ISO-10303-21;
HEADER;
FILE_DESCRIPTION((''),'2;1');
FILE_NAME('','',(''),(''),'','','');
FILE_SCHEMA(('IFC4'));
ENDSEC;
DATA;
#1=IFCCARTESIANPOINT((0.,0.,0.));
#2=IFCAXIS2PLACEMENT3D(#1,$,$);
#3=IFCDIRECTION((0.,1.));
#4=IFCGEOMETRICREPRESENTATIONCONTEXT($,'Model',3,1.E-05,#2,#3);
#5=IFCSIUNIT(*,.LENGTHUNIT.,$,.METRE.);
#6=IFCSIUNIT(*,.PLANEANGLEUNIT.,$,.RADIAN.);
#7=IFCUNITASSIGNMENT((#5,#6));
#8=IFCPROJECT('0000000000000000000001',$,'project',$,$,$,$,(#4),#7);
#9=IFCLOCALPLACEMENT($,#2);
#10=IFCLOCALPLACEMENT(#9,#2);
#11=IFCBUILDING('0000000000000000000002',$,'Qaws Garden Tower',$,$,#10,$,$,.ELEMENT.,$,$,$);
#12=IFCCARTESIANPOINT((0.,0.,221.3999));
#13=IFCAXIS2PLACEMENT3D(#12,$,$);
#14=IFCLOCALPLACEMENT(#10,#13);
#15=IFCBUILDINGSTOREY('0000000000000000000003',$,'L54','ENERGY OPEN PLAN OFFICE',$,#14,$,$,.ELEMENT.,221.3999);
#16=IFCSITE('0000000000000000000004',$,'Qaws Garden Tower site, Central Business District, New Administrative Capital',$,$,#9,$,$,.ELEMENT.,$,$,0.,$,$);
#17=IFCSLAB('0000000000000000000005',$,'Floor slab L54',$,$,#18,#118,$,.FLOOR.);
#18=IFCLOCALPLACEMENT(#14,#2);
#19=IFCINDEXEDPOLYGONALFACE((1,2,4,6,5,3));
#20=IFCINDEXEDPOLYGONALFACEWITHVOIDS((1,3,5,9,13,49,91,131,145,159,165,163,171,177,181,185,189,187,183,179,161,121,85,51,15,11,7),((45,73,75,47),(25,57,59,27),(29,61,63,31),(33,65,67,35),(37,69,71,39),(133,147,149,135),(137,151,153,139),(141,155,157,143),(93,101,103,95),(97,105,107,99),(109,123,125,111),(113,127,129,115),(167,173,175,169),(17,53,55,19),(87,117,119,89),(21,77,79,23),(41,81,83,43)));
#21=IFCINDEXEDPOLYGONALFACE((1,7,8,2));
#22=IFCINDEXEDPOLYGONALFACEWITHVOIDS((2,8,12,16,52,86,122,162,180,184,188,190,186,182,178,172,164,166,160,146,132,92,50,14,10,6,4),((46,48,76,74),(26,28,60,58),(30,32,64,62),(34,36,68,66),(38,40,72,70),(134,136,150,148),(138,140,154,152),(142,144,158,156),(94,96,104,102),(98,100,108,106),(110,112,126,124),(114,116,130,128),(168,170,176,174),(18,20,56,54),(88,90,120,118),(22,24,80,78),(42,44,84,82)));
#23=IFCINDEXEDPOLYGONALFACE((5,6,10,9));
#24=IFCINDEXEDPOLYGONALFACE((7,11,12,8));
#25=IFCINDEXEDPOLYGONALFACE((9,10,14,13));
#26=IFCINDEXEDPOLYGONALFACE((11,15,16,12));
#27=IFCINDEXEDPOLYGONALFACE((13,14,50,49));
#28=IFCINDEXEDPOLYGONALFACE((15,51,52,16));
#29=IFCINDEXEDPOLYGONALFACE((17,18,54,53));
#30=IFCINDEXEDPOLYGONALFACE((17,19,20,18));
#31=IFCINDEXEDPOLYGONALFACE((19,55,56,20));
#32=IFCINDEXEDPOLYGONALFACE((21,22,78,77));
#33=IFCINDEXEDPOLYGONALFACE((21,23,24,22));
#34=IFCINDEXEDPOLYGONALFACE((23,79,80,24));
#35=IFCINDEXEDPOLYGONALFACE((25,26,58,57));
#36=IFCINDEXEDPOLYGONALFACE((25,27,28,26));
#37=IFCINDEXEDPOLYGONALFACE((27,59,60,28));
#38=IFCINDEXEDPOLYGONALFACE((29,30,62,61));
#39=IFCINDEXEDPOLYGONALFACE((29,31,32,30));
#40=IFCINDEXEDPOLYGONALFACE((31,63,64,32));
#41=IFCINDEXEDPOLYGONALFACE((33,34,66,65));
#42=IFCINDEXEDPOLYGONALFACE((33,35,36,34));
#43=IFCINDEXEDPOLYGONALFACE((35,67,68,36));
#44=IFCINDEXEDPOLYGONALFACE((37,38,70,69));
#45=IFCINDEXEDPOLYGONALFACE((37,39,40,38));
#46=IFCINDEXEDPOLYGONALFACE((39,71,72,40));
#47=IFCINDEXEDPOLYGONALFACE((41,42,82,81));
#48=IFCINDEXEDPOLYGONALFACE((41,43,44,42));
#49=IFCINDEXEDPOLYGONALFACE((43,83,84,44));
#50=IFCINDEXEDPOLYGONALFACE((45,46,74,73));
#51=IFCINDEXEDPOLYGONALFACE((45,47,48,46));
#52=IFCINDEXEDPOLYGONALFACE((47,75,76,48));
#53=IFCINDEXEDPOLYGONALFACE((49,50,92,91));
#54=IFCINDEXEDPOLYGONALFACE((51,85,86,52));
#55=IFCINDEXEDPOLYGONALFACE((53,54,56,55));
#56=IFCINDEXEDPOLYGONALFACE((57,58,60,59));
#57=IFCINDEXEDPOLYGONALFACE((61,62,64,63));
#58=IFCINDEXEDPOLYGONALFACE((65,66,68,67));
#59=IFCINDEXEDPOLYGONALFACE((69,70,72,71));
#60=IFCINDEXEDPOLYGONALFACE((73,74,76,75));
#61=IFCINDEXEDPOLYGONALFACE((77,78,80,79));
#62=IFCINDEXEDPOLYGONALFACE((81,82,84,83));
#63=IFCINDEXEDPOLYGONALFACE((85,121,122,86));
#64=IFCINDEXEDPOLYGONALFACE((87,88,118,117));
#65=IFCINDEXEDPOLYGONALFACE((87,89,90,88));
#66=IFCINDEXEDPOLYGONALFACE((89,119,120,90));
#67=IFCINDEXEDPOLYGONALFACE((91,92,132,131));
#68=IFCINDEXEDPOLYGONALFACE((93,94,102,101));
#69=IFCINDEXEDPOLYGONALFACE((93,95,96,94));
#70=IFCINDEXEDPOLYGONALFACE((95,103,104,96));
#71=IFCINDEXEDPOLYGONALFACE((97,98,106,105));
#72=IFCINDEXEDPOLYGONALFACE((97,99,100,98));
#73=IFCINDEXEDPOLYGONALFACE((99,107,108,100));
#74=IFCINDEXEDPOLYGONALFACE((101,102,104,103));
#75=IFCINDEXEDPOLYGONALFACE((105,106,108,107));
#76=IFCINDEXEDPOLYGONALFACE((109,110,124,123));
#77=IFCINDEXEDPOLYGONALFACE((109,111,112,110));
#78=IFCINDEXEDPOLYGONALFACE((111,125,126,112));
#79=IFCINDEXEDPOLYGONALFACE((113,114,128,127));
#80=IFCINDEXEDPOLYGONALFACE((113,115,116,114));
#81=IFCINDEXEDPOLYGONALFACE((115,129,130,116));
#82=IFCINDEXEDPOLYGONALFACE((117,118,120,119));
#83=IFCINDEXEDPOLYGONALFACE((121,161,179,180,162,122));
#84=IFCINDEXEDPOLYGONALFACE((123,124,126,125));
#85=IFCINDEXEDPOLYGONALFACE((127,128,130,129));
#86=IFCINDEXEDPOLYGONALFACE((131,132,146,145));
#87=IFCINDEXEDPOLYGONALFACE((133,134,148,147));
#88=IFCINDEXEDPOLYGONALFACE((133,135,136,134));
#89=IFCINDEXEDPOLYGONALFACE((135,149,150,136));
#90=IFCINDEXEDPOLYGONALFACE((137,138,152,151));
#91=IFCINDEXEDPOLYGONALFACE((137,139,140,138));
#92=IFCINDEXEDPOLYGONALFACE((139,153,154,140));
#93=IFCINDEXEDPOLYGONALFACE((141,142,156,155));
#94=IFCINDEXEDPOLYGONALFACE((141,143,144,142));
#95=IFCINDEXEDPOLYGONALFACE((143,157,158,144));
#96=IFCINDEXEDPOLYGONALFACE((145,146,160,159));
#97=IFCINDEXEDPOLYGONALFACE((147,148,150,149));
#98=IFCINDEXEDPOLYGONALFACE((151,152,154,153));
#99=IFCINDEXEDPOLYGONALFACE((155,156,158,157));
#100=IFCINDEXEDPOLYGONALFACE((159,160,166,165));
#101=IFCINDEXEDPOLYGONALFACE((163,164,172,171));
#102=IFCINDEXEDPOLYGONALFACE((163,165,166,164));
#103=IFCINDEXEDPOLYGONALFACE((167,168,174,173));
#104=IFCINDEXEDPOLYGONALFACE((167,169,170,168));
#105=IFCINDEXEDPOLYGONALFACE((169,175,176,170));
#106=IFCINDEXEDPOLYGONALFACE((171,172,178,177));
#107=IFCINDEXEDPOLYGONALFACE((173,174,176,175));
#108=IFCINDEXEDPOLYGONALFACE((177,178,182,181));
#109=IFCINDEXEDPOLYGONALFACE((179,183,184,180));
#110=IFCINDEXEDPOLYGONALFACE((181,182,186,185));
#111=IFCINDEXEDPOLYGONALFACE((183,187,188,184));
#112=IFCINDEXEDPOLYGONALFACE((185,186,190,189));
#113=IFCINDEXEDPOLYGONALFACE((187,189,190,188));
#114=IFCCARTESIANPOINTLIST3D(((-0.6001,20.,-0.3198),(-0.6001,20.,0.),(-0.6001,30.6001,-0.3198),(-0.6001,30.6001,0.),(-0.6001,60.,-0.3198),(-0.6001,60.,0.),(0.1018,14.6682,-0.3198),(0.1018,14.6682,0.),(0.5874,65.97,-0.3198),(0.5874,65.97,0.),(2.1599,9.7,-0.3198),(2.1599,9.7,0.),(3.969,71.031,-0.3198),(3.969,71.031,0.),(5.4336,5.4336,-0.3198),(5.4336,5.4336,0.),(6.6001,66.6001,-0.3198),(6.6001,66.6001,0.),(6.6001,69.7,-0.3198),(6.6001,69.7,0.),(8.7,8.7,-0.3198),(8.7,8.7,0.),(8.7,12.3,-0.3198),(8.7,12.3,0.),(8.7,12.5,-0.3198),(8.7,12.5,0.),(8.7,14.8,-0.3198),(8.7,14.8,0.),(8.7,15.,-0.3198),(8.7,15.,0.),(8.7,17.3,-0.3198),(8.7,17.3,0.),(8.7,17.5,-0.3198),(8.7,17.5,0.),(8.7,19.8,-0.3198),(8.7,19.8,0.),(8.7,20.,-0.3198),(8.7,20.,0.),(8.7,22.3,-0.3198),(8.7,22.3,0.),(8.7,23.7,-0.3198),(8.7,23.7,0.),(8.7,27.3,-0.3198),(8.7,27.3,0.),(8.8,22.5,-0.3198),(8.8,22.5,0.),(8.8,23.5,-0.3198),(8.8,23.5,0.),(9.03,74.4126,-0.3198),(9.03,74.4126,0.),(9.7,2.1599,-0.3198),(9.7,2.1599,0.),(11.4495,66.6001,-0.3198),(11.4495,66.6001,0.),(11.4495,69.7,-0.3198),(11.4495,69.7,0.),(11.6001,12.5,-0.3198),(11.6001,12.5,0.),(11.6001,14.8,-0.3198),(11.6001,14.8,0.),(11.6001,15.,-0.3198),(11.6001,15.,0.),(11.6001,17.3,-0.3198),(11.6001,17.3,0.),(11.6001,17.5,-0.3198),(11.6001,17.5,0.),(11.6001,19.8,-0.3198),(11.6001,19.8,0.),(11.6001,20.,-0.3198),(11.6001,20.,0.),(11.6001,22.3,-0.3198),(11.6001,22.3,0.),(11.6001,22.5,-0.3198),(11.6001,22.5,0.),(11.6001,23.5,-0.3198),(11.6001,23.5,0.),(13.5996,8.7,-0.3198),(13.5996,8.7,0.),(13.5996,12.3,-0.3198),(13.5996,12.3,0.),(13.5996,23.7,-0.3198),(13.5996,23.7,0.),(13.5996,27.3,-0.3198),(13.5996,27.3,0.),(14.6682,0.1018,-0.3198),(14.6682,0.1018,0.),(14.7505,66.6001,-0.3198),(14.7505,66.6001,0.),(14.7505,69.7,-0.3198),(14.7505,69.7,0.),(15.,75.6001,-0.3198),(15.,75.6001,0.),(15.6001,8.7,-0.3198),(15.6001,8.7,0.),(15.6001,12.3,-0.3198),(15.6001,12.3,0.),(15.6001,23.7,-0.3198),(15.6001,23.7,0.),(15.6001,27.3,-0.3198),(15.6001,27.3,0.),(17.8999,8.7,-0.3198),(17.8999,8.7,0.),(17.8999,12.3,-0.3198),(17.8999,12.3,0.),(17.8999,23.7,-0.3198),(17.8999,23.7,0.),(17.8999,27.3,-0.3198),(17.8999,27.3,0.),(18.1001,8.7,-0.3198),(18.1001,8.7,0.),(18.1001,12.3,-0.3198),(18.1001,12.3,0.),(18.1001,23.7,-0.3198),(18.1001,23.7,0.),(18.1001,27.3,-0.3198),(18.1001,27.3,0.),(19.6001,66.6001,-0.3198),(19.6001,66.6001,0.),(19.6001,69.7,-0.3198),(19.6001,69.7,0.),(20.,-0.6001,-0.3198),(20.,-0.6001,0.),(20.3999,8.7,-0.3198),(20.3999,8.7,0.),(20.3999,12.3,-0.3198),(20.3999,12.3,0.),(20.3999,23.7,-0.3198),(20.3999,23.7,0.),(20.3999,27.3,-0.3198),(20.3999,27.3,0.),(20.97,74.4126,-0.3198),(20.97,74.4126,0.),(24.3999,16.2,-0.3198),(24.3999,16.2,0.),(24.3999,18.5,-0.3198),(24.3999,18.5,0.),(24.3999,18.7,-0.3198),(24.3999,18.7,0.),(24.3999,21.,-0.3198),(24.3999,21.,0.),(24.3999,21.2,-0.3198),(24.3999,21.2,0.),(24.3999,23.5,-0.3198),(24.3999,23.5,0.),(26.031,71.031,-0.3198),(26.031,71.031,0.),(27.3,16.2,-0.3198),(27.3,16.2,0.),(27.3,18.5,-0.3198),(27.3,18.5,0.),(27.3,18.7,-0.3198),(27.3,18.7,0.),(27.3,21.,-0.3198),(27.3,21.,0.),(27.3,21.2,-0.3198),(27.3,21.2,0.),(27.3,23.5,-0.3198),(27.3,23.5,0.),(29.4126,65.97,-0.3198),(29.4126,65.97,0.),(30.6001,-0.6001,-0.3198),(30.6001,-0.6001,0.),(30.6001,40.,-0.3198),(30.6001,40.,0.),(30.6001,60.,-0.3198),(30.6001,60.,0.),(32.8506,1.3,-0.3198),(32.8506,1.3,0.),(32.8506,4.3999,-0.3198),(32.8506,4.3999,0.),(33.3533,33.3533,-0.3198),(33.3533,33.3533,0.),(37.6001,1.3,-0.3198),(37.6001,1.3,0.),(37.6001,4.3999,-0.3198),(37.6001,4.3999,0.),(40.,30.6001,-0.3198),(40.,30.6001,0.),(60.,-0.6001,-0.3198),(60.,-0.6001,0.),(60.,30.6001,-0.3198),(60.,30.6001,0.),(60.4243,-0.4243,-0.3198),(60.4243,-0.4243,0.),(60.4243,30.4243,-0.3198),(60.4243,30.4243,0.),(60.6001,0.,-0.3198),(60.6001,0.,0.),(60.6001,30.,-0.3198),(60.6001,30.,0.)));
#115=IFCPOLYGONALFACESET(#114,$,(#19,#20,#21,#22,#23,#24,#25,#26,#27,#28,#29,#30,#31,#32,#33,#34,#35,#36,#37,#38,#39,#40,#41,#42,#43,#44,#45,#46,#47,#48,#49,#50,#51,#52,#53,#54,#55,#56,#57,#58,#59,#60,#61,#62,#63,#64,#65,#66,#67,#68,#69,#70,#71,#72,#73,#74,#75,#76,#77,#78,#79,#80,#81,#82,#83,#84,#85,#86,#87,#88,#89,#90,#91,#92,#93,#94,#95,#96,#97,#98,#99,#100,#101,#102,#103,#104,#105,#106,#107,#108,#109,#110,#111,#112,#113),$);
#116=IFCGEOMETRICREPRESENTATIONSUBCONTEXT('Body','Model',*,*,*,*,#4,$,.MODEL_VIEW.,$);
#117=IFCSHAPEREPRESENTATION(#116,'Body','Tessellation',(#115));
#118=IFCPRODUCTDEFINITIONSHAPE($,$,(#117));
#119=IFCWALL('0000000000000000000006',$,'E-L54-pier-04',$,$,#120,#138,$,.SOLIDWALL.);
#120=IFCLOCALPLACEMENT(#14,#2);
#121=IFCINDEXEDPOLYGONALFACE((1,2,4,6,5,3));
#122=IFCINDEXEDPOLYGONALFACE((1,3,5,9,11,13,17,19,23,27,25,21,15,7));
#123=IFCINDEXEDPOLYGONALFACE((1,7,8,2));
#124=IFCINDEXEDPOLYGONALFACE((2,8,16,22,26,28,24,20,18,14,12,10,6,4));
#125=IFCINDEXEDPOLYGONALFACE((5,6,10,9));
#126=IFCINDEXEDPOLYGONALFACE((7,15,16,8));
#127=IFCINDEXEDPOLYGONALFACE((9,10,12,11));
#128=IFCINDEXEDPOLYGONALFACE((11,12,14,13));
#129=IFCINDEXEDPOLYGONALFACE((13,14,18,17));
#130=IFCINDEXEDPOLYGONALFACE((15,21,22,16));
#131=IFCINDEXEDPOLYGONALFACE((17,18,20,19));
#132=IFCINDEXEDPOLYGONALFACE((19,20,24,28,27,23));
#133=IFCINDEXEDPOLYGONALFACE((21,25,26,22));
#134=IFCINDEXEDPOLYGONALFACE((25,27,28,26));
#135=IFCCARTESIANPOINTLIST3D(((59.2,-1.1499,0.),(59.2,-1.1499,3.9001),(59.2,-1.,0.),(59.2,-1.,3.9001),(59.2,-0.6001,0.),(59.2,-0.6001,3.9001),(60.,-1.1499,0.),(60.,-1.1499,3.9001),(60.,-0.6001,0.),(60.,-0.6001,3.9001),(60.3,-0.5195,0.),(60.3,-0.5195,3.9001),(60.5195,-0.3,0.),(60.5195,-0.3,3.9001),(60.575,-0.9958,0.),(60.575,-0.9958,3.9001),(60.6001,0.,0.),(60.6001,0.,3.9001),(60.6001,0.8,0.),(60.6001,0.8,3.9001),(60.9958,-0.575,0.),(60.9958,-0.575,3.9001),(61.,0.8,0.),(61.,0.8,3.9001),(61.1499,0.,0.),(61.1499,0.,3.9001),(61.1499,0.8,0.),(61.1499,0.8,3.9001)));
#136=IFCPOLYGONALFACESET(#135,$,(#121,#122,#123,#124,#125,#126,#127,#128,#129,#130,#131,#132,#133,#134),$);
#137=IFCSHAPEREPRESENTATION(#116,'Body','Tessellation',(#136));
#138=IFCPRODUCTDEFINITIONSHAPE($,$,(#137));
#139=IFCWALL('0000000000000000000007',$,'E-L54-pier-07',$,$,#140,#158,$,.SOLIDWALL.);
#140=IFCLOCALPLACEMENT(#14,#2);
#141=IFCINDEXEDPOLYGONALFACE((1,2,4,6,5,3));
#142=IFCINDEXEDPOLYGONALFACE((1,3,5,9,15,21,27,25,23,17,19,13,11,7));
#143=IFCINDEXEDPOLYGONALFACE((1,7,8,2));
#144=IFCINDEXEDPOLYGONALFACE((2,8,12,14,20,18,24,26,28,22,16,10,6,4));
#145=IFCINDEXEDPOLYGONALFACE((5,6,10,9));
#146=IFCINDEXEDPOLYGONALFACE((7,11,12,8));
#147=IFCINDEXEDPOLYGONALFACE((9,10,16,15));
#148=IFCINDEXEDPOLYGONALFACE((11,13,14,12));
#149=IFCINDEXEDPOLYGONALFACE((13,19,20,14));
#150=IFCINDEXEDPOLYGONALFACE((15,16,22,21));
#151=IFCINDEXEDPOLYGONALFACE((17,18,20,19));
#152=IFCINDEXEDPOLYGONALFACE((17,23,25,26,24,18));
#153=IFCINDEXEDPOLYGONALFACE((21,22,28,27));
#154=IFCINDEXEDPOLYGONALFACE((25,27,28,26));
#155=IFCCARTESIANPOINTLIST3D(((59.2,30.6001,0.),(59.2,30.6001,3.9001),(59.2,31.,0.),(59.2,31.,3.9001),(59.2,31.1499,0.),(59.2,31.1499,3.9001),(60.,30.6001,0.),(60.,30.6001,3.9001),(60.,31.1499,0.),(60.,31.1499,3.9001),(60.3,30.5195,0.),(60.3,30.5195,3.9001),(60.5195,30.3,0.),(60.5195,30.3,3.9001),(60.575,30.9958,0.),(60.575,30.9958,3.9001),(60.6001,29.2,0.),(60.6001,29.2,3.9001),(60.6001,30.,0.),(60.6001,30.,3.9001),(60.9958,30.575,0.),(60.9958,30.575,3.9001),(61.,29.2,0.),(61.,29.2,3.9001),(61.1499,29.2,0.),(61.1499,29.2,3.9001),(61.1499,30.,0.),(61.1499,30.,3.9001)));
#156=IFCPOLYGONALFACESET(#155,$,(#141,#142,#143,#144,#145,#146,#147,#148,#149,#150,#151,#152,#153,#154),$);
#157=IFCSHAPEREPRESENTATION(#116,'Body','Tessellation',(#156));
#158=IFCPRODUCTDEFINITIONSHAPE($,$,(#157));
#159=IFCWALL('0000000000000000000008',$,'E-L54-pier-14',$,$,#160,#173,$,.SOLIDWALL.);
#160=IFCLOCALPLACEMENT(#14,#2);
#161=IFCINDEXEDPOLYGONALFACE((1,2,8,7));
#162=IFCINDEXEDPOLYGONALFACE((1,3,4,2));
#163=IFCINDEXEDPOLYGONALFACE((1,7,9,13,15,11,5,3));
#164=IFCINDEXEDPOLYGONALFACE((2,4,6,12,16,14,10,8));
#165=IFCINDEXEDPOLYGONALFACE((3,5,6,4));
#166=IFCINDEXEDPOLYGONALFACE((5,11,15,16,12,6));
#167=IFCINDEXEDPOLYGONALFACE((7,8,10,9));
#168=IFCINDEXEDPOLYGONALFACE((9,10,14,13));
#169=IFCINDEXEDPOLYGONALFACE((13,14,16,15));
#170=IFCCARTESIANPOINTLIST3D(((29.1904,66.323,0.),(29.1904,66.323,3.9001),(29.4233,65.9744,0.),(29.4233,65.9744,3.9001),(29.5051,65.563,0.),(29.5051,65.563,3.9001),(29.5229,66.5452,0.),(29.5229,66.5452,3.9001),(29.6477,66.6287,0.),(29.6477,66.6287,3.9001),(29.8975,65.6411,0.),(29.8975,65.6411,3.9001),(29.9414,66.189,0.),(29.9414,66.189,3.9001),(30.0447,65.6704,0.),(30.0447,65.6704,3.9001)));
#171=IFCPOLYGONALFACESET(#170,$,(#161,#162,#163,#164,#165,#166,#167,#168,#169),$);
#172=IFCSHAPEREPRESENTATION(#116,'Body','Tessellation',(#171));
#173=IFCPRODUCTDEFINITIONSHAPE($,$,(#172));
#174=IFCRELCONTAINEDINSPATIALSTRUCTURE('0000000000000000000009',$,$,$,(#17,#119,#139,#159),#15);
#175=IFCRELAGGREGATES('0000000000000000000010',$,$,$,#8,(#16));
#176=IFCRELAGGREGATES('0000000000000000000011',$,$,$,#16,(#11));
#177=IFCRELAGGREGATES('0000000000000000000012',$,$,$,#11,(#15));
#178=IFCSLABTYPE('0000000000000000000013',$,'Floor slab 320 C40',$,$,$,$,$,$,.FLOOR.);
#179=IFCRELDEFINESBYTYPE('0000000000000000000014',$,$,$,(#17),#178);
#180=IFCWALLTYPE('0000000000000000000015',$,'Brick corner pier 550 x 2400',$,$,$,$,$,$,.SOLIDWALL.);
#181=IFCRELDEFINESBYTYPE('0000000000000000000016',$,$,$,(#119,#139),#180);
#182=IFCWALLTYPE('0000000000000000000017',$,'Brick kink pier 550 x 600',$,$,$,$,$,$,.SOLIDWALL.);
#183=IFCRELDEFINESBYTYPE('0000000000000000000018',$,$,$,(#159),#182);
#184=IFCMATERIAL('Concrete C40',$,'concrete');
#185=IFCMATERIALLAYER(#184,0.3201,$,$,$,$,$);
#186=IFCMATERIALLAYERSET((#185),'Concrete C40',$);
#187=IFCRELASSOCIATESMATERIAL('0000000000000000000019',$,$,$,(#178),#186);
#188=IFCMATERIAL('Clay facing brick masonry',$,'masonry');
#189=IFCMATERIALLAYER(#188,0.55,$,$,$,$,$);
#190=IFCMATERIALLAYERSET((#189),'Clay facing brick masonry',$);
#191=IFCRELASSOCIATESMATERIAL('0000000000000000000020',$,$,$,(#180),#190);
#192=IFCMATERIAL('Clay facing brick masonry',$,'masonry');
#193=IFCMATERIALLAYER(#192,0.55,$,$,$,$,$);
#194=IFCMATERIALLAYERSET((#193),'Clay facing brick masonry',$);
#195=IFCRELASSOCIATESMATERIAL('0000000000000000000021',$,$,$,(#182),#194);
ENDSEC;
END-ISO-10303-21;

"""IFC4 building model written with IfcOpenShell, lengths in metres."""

from ifc_helpers import new_model, si_unit, direction, frame, origin, place, context, subcontext, project, spatial, polyline, outline, extrude, material, layer, layer_set, type_object, element, save


model = new_model("IFC4")

# Units and contexts
model_context = context("Model", 3, precision=1e-05, world=origin(), true_north=direction((0.0, 1.0)))
body_context = subcontext(model_context, "Body", "Model", "MODEL_VIEW")
ifc_project = project(units=[si_unit("LENGTHUNIT", "METRE"), si_unit("PLANEANGLEUNIT", "RADIAN")], contexts=[model_context])

# Site, building, storey
site_placement = place(None, origin())
site = spatial("IfcSite", under=ifc_project, at=site_placement, Name="Qaws Garden Tower site, Central Business District, New Administrative Capital", CompositionType="ELEMENT", RefElevation=0.0)
building_placement = place(site_placement, origin())
building = spatial("IfcBuilding", under=site, at=building_placement, Name="Qaws Garden Tower", CompositionType="ELEMENT")
storey_placement = place(building_placement, frame((0.0, 0.0, 221.3999)))
storey = spatial("IfcBuildingStorey", under=building, at=storey_placement, Name="L54", Description="ENERGY OPEN PLAN OFFICE", CompositionType="ELEMENT", Elevation=221.3999)

# Slab
ifc_material_1 = material(Name="Concrete C40", Category="concrete")
ifc_layer_1 = layer(ifc_material_1, 0.3201)
ifc_layer_set_1 = layer_set([ifc_layer_1], Name="Concrete C40")
slab_type = type_object("IfcSlabType", Name="Floor slab 320 C40", PredefinedType="FLOOR", material=ifc_layer_set_1)
slab_placement = place(storey_placement, frame((0.0, 0.0, -0.3198)))
element("IfcSlab", 1, at=slab_placement, inside=storey, type_object=slab_type, Name="Floor slab L54", PredefinedType="FLOOR", context=body_context, shape_type="SweptSolid", body=[
    extrude(outline(polyline([(0.1018, 14.6682), (-0.6001, 20.0), (-0.6001, 30.6001), (-0.6001, 60.0), (-0.6001, 60.0), (0.5874, 65.97), (3.969, 71.031), (9.03, 74.4126), (15.0, 75.6001), (20.97, 74.4126), (26.031, 71.031), (29.4126, 65.97), (30.6001, 60.0), (30.6001, 40.0), (33.3533, 33.3533), (40.0, 30.6001), (60.0, 30.6001), (60.4243, 30.4243), (60.6001, 30.0), (60.6001, 0.0), (60.4243, -0.4243), (60.0, -0.6001), (30.6001, -0.6001), (20.0, -0.6001), (14.6682, 0.1018), (9.7, 2.1599), (5.4336, 5.4336), (2.1599, 9.7), (0.1018, 14.6682)]), holes=[polyline([(13.5996, 12.3), (8.7, 12.3), (8.7, 8.7), (13.5996, 8.7), (13.5996, 12.3)]), polyline([(17.8999, 12.3), (15.6001, 12.3), (15.6001, 8.7), (17.8999, 8.7), (17.8999, 12.3)]), polyline([(11.6001, 14.8), (8.7, 14.8), (8.7, 12.5), (11.6001, 12.5), (11.6001, 14.8)]), polyline([(11.6001, 17.3), (8.7, 17.3), (8.7, 15.0), (11.6001, 15.0), (11.6001, 17.3)]), polyline([(11.6001, 19.8), (8.7, 19.8), (8.7, 17.5), (11.6001, 17.5), (11.6001, 19.8)]), polyline([(11.6001, 22.3), (8.7, 22.3), (8.7, 20.0), (11.6001, 20.0), (11.6001, 22.3)]), polyline([(11.6001, 23.5), (8.8, 23.5), (8.8, 22.5), (11.6001, 22.5), (11.6001, 23.5)]), polyline([(13.5996, 27.3), (8.7, 27.3), (8.7, 23.7), (13.5996, 23.7), (13.5996, 27.3)]), polyline([(11.4495, 69.7), (6.6001, 69.7), (6.6001, 66.6001), (11.4495, 66.6001), (11.4495, 69.7)]), polyline([(37.6001, 4.3999), (32.8506, 4.3999), (32.8506, 1.3), (37.6001, 1.3), (37.6001, 4.3999)]), polyline([(20.3999, 12.3), (18.1001, 12.3), (18.1001, 8.7), (20.3999, 8.7), (20.3999, 12.3)]), polyline([(27.3, 18.5), (24.3999, 18.5), (24.3999, 16.2), (27.3, 16.2), (27.3, 18.5)]), polyline([(27.3, 21.0), (24.3999, 21.0), (24.3999, 18.7), (27.3, 18.7), (27.3, 21.0)]), polyline([(27.3, 23.5), (24.3999, 23.5), (24.3999, 21.2), (27.3, 21.2), (27.3, 23.5)]), polyline([(17.8999, 27.3), (15.6001, 27.3), (15.6001, 23.7), (17.8999, 23.7), (17.8999, 27.3)]), polyline([(20.3999, 23.7), (20.3999, 27.3), (18.1001, 27.3), (18.1001, 23.7), (20.3999, 23.7)]), polyline([(19.6001, 66.6001), (19.6001, 69.7), (14.7505, 69.7), (14.7505, 66.6001), (19.6001, 66.6001)])]), origin(), (0.0, 0.0, 1.0), 0.3198),
])

# Walls
ifc_material_2 = material(Name="Clay facing brick masonry", Category="masonry")
ifc_layer_2 = layer(ifc_material_2, 0.55)
ifc_layer_set_2 = layer_set([ifc_layer_2], Name="Clay facing brick masonry")
wall_type_1 = type_object("IfcWallType", Name="Brick corner pier 550 x 2400", PredefinedType="SOLIDWALL", material=ifc_layer_set_2)
placement = place(storey_placement, origin())
element("IfcWall", 2, at=placement, inside=storey, type_object=wall_type_1, Name="E-L54-pier-04", PredefinedType="SOLIDWALL", context=body_context, shape_type="SweptSolid", body=[
    extrude(outline(polyline([(59.2, -1.0), (59.2, -1.1499), (60.0, -1.1499), (60.575, -0.9958), (60.9958, -0.575), (61.1499, 0.0), (61.1499, 0.8), (61.0, 0.8), (60.6001, 0.8), (60.6001, 0.0), (60.5195, -0.3), (60.3, -0.5195), (60.0, -0.6001), (59.2, -0.6001), (59.2, -1.0)])), origin(), (0.0, 0.0, 1.0), 3.9001),
])
element("IfcWall", 3, at=placement, inside=storey, type_object=wall_type_1, Name="E-L54-pier-07", PredefinedType="SOLIDWALL", context=body_context, shape_type="SweptSolid", body=[
    extrude(outline(polyline([(61.0, 29.2), (61.1499, 29.2), (61.1499, 30.0), (60.9958, 30.575), (60.575, 30.9958), (60.0, 31.1499), (59.2, 31.1499), (59.2, 31.0), (59.2, 30.6001), (60.0, 30.6001), (60.3, 30.5195), (60.5195, 30.3), (60.6001, 30.0), (60.6001, 29.2), (61.0, 29.2)])), origin(), (0.0, 0.0, 1.0), 3.9001),
])
ifc_material_3 = material(Name="Clay facing brick masonry", Category="masonry")
ifc_layer_3 = layer(ifc_material_3, 0.55)
ifc_layer_set_3 = layer_set([ifc_layer_3], Name="Clay facing brick masonry")
wall_type_2 = type_object("IfcWallType", Name="Brick kink pier 550 x 600", PredefinedType="SOLIDWALL", material=ifc_layer_set_3)
element("IfcWall", 4, at=placement, inside=storey, type_object=wall_type_2, Name="E-L54-pier-14", PredefinedType="SOLIDWALL", context=body_context, shape_type="SweptSolid", body=[
    extrude(outline(polyline([(29.8975, 65.6411), (30.0447, 65.6704), (29.9414, 66.189), (29.6477, 66.6287), (29.5229, 66.5452), (29.1904, 66.323), (29.4233, 65.9744), (29.5051, 65.563), (29.8975, 65.6411)])), origin(), (0.0, 0.0, 1.0), 3.9001),
])

save(model, "model.ifc")
